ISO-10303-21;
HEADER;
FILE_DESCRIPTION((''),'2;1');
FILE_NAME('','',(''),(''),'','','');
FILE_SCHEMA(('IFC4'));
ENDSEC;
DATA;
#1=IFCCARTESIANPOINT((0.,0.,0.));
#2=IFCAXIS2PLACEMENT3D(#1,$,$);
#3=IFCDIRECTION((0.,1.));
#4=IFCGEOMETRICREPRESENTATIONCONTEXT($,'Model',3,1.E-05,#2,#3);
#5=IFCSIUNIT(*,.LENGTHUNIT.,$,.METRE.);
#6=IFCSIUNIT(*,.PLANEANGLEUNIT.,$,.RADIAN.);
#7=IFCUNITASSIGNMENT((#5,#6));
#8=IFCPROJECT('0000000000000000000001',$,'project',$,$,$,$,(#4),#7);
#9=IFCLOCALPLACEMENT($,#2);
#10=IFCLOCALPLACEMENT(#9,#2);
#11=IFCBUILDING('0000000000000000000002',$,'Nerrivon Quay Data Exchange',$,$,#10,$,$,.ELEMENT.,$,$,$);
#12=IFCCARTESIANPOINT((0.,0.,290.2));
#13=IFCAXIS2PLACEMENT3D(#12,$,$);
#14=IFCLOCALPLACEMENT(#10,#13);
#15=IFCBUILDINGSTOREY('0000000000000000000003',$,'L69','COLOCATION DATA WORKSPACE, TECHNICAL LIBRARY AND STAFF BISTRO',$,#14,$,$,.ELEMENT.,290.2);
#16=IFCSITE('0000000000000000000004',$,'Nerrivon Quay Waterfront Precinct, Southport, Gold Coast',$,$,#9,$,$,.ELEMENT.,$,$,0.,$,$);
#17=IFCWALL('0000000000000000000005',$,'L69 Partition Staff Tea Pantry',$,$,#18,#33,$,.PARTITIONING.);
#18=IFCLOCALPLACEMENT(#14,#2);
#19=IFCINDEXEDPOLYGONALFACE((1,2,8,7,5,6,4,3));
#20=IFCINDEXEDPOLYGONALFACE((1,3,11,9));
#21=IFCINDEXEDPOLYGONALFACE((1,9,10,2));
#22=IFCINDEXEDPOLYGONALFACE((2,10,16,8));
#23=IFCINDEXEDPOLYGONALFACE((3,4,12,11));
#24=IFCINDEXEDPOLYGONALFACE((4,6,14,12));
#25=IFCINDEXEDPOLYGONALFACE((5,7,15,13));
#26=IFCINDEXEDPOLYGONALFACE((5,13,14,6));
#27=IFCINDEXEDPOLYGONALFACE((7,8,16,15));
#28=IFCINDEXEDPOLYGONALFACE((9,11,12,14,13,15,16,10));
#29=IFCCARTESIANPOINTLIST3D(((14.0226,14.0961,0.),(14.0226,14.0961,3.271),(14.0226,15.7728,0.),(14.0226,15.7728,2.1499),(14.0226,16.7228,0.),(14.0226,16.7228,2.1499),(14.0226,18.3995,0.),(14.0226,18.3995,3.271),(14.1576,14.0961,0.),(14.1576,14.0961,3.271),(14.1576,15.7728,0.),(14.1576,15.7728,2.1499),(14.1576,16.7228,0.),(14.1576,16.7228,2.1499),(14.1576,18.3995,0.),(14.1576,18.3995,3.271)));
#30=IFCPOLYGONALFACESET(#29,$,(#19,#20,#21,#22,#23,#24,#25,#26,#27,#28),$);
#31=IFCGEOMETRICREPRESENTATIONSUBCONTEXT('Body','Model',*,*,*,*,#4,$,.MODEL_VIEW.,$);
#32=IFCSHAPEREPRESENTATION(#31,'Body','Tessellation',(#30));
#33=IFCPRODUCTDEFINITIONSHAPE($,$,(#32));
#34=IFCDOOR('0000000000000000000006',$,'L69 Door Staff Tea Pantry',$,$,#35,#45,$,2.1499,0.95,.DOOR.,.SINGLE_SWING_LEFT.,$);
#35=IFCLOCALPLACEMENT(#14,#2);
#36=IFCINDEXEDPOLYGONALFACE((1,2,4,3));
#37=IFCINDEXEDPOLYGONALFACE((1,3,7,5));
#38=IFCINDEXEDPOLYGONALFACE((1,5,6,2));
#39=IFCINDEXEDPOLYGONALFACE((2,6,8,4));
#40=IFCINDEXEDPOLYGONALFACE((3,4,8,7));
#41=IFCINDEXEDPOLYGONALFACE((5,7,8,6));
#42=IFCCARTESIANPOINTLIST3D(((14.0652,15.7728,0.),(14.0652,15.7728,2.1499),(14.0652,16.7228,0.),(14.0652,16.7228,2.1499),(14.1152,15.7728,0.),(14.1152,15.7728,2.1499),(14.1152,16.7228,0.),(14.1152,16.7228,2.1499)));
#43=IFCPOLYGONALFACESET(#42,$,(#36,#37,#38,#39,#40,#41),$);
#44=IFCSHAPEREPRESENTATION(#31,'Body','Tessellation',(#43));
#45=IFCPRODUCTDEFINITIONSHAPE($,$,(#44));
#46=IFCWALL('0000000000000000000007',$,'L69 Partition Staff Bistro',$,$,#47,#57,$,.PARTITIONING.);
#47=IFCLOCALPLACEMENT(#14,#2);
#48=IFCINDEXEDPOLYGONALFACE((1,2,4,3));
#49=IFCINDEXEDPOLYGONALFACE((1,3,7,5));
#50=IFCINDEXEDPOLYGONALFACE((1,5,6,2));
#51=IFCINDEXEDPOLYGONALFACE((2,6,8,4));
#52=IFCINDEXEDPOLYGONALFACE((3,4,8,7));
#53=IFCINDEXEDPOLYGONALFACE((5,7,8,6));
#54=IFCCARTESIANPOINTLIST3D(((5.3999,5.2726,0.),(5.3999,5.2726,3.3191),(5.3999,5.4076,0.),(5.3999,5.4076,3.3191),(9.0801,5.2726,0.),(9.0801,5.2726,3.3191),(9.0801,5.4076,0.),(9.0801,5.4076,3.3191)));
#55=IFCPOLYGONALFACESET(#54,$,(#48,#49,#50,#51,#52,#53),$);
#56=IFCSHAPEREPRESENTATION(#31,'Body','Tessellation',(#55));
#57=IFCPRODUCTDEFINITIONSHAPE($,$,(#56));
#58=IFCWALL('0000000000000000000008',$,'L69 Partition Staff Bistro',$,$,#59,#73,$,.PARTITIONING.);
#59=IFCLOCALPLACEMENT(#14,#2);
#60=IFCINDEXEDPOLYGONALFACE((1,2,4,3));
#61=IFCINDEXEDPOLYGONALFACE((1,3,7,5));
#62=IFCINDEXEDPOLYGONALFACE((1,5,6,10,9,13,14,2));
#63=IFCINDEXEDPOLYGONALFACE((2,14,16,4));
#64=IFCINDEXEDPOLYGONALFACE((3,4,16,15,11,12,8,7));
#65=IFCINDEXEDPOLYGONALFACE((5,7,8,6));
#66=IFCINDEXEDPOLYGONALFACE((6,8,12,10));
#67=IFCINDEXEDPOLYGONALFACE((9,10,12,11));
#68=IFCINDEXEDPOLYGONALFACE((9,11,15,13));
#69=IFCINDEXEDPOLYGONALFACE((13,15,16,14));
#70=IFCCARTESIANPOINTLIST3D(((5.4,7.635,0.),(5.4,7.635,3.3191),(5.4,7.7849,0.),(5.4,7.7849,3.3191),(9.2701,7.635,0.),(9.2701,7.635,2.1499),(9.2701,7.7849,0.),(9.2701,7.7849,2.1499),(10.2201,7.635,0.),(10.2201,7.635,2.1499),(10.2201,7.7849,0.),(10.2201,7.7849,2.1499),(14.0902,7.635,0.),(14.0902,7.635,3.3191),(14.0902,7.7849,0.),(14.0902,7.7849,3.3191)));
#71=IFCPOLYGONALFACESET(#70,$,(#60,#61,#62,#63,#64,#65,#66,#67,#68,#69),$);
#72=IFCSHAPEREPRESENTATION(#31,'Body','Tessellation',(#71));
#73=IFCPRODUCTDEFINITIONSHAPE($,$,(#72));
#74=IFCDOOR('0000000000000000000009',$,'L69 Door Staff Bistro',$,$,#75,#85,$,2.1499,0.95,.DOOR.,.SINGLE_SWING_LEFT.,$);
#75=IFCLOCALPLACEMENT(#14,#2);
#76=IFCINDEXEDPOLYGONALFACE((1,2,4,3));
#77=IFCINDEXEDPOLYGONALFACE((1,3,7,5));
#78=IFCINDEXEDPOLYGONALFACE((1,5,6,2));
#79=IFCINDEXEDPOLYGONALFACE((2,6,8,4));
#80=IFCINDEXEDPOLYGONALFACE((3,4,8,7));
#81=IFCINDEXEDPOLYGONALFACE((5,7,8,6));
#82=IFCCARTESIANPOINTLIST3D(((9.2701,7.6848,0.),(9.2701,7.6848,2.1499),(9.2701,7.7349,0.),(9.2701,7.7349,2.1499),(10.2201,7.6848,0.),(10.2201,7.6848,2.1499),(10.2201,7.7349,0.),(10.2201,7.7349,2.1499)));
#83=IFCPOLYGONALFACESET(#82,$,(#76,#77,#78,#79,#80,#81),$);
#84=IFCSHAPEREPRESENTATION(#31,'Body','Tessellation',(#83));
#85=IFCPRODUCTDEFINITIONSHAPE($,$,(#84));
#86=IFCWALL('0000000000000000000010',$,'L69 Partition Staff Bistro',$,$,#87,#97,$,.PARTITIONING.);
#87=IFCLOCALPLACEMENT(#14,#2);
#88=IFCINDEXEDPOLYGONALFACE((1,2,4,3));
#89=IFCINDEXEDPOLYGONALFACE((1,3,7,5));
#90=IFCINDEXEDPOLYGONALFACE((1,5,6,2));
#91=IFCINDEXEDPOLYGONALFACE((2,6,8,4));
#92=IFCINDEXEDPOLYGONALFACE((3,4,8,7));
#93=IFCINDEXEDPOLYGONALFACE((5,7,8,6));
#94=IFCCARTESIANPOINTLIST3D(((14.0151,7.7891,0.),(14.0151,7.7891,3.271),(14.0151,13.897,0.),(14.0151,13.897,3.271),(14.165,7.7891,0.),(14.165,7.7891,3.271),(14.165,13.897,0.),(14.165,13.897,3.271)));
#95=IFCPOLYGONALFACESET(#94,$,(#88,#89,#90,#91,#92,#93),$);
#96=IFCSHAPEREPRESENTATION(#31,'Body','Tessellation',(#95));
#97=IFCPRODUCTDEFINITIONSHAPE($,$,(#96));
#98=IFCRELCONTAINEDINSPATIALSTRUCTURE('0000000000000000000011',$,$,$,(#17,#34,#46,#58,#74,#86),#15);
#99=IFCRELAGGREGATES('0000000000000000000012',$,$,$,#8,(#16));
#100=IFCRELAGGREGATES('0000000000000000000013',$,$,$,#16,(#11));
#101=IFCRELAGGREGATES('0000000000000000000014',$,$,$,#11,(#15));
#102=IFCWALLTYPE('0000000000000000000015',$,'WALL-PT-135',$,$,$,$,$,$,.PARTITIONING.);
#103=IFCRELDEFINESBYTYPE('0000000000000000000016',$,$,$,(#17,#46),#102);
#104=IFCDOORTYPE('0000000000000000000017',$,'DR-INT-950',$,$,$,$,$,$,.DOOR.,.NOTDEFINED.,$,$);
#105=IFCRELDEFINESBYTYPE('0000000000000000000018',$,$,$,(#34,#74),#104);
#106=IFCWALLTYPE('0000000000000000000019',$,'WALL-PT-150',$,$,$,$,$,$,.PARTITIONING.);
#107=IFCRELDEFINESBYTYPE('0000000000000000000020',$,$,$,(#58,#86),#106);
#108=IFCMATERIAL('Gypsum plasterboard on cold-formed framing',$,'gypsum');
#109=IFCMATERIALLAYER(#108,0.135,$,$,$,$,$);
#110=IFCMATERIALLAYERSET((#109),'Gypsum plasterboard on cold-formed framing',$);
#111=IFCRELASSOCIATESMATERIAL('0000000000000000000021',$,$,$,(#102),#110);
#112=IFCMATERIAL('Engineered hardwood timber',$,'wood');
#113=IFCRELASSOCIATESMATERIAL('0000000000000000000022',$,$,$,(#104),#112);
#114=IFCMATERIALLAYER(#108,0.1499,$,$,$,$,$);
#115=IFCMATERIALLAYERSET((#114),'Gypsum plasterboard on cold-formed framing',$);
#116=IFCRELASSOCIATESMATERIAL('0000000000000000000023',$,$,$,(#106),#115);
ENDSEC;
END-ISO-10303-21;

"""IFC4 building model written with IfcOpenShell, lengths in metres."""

from ifc_helpers import new_model, si_unit, direction, frame, frame_2d, origin, place, context, subcontext, project, spatial, rectangle, extrude, material, layer, layer_set, type_object, element, fill, save


model = new_model("IFC4")

# Units and contexts
model_context = context("Model", 3, precision=1e-05, world=origin(), true_north=direction((0.0, 1.0)))
body_context = subcontext(model_context, "Body", "Model", "MODEL_VIEW")
ifc_project = project(units=[si_unit("LENGTHUNIT", "METRE"), si_unit("PLANEANGLEUNIT", "RADIAN")], contexts=[model_context])

# Site, building, storey
site_placement = place(None, origin())
site = spatial("IfcSite", under=ifc_project, at=site_placement, Name="Nerrivon Quay Waterfront Precinct, Southport, Gold Coast", CompositionType="ELEMENT", RefElevation=0.0)
building_placement = place(site_placement, origin())
building = spatial("IfcBuilding", under=site, at=building_placement, Name="Nerrivon Quay Data Exchange", CompositionType="ELEMENT")
storey_placement = place(building_placement, frame((0.0, 0.0, 290.2)))
storey = spatial("IfcBuildingStorey", under=building, at=storey_placement, Name="L69", Description="COLOCATION DATA WORKSPACE, TECHNICAL LIBRARY AND STAFF BISTRO", CompositionType="ELEMENT", Elevation=290.2)

# Shared definitions
ifc_material_1 = material(Name="Gypsum plasterboard on cold-formed framing", Category="gypsum")
ifc_material_2 = material(Name="Engineered hardwood timber", Category="wood")

# Shared definitions
ifc_layer_1 = layer(ifc_material_1, 0.135)
ifc_layer_set_1 = layer_set([ifc_layer_1], Name="Gypsum plasterboard on cold-formed framing")
wall_type_1 = type_object("IfcWallType", Name="WALL-PT-135", PredefinedType="PARTITIONING", material=ifc_layer_set_1)

# Wall, opening, door
wall_1_placement = place(storey_placement, frame((14.0901, 14.0959, 0.0), z_axis=(0.0, 0.0, 1.0), x_axis=(0.0, 1.0, 0.0)))
wall_1 = element("IfcWall", 1, at=wall_1_placement, inside=storey, type_object=wall_type_1, Name="L69 Partition Staff Tea Pantry", PredefinedType="PARTITIONING", context=body_context, shape_type="SweptSolid", body=[
    extrude(rectangle(XDim=4.3035, YDim=0.135, at=frame_2d((2.1519, 0.0))), origin(), (0.0, 0.0, 1.0), 3.271),
])
opening_1_placement = place(wall_1_placement, frame((1.6768, 0.0, 0.0)))
opening_1 = element("IfcOpeningElement", 2, at=opening_1_placement, cuts=wall_1, PredefinedType="OPENING", context=body_context, shape_type="SweptSolid", body=[
    extrude(rectangle(XDim=0.95, YDim=2.1499, at=frame_2d((0.4751, 1.075))), frame((0.0, 0.0774, 0.0), z_axis=(0.0, -1.0, 0.0), x_axis=(1.0, 0.0, 0.0)), (0.0, 0.0, 1.0), 0.155),
])
door_type_1 = type_object("IfcDoorType", Name="DR-INT-950", OperationType="NOTDEFINED", PredefinedType="DOOR", material=ifc_material_2)
door_1_placement = place(opening_1_placement, origin())
door_1 = element("IfcDoor", 3, at=door_1_placement, inside=storey, type_object=door_type_1, Name="L69 Door Staff Tea Pantry", OperationType="SINGLE_SWING_LEFT", OverallHeight=2.1499, OverallWidth=0.95, PredefinedType="DOOR", context=body_context, shape_type="SweptSolid", body=[
    extrude(rectangle(XDim=0.95, YDim=2.1499, at=frame_2d((0.4751, 1.075))), frame((0.0, 0.0249, 0.0), z_axis=(0.0, -1.0, 0.0), x_axis=(1.0, 0.0, 0.0)), (0.0, 0.0, 1.0), 0.05),
])
fill(opening_1, door_1)

# Wall
wall_2_placement = place(storey_placement, frame((9.0801, 5.3401, 0.0), z_axis=(0.0, 0.0, 1.0), x_axis=(-1.0, 0.0, 0.0)))
element("IfcWall", 4, at=wall_2_placement, inside=storey, type_object=wall_type_1, Name="L69 Partition Staff Bistro", PredefinedType="PARTITIONING", context=body_context, shape_type="SweptSolid", body=[
    extrude(rectangle(XDim=3.6802, YDim=0.135, at=frame_2d((1.8401, 0.0))), origin(), (0.0, 0.0, 1.0), 3.3191),
])

# Wall, opening, door
ifc_layer_2 = layer(ifc_material_1, 0.1499)
ifc_layer_set_2 = layer_set([ifc_layer_2], Name="Gypsum plasterboard on cold-formed framing")
wall_type_2 = type_object("IfcWallType", Name="WALL-PT-150", PredefinedType="PARTITIONING", material=ifc_layer_set_2)
wall_3_placement = place(storey_placement, frame((5.3999, 7.71, 0.0), z_axis=(0.0, 0.0, 1.0), x_axis=(1.0, 0.0, 0.0)))
wall_3 = element("IfcWall", 5, at=wall_3_placement, inside=storey, type_object=wall_type_2, Name="L69 Partition Staff Bistro", PredefinedType="PARTITIONING", context=body_context, shape_type="SweptSolid", body=[
    extrude(rectangle(XDim=8.6902, YDim=0.1499, at=frame_2d((4.3452, 0.0))), origin(), (0.0, 0.0, 1.0), 3.3191),
])
opening_2_placement = place(wall_3_placement, frame((3.8701, 0.0, 0.0)))
opening_2 = element("IfcOpeningElement", 6, at=opening_2_placement, cuts=wall_3, PredefinedType="OPENING", context=body_context, shape_type="SweptSolid", body=[
    extrude(rectangle(XDim=0.95, YDim=2.1499, at=frame_2d((0.4751, 1.075))), frame((0.0, 0.085, 0.0), z_axis=(0.0, -1.0, 0.0), x_axis=(1.0, 0.0, 0.0)), (0.0, 0.0, 1.0), 0.1699),
])
door_2_placement = place(opening_2_placement, origin())
door_2 = element("IfcDoor", 7, at=door_2_placement, inside=storey, type_object=door_type_1, Name="L69 Door Staff Bistro", OperationType="SINGLE_SWING_LEFT", OverallHeight=2.1499, OverallWidth=0.95, PredefinedType="DOOR", context=body_context, shape_type="SweptSolid", body=[
    extrude(rectangle(XDim=0.95, YDim=2.1499, at=frame_2d((0.4751, 1.075))), frame((0.0, 0.0249, 0.0), z_axis=(0.0, -1.0, 0.0), x_axis=(1.0, 0.0, 0.0)), (0.0, 0.0, 1.0), 0.05),
])
fill(opening_2, door_2)

# Wall
wall_4_placement = place(storey_placement, frame((14.0901, 7.7891, 0.0), z_axis=(0.0, 0.0, 1.0), x_axis=(0.0, 1.0, 0.0)))
element("IfcWall", 8, at=wall_4_placement, inside=storey, type_object=wall_type_2, Name="L69 Partition Staff Bistro", PredefinedType="PARTITIONING", context=body_context, shape_type="SweptSolid", body=[
    extrude(rectangle(XDim=6.1079, YDim=0.1499, at=frame_2d((3.054, 0.0))), origin(), (0.0, 0.0, 1.0), 3.271),
])

save(model, "model.ifc")
